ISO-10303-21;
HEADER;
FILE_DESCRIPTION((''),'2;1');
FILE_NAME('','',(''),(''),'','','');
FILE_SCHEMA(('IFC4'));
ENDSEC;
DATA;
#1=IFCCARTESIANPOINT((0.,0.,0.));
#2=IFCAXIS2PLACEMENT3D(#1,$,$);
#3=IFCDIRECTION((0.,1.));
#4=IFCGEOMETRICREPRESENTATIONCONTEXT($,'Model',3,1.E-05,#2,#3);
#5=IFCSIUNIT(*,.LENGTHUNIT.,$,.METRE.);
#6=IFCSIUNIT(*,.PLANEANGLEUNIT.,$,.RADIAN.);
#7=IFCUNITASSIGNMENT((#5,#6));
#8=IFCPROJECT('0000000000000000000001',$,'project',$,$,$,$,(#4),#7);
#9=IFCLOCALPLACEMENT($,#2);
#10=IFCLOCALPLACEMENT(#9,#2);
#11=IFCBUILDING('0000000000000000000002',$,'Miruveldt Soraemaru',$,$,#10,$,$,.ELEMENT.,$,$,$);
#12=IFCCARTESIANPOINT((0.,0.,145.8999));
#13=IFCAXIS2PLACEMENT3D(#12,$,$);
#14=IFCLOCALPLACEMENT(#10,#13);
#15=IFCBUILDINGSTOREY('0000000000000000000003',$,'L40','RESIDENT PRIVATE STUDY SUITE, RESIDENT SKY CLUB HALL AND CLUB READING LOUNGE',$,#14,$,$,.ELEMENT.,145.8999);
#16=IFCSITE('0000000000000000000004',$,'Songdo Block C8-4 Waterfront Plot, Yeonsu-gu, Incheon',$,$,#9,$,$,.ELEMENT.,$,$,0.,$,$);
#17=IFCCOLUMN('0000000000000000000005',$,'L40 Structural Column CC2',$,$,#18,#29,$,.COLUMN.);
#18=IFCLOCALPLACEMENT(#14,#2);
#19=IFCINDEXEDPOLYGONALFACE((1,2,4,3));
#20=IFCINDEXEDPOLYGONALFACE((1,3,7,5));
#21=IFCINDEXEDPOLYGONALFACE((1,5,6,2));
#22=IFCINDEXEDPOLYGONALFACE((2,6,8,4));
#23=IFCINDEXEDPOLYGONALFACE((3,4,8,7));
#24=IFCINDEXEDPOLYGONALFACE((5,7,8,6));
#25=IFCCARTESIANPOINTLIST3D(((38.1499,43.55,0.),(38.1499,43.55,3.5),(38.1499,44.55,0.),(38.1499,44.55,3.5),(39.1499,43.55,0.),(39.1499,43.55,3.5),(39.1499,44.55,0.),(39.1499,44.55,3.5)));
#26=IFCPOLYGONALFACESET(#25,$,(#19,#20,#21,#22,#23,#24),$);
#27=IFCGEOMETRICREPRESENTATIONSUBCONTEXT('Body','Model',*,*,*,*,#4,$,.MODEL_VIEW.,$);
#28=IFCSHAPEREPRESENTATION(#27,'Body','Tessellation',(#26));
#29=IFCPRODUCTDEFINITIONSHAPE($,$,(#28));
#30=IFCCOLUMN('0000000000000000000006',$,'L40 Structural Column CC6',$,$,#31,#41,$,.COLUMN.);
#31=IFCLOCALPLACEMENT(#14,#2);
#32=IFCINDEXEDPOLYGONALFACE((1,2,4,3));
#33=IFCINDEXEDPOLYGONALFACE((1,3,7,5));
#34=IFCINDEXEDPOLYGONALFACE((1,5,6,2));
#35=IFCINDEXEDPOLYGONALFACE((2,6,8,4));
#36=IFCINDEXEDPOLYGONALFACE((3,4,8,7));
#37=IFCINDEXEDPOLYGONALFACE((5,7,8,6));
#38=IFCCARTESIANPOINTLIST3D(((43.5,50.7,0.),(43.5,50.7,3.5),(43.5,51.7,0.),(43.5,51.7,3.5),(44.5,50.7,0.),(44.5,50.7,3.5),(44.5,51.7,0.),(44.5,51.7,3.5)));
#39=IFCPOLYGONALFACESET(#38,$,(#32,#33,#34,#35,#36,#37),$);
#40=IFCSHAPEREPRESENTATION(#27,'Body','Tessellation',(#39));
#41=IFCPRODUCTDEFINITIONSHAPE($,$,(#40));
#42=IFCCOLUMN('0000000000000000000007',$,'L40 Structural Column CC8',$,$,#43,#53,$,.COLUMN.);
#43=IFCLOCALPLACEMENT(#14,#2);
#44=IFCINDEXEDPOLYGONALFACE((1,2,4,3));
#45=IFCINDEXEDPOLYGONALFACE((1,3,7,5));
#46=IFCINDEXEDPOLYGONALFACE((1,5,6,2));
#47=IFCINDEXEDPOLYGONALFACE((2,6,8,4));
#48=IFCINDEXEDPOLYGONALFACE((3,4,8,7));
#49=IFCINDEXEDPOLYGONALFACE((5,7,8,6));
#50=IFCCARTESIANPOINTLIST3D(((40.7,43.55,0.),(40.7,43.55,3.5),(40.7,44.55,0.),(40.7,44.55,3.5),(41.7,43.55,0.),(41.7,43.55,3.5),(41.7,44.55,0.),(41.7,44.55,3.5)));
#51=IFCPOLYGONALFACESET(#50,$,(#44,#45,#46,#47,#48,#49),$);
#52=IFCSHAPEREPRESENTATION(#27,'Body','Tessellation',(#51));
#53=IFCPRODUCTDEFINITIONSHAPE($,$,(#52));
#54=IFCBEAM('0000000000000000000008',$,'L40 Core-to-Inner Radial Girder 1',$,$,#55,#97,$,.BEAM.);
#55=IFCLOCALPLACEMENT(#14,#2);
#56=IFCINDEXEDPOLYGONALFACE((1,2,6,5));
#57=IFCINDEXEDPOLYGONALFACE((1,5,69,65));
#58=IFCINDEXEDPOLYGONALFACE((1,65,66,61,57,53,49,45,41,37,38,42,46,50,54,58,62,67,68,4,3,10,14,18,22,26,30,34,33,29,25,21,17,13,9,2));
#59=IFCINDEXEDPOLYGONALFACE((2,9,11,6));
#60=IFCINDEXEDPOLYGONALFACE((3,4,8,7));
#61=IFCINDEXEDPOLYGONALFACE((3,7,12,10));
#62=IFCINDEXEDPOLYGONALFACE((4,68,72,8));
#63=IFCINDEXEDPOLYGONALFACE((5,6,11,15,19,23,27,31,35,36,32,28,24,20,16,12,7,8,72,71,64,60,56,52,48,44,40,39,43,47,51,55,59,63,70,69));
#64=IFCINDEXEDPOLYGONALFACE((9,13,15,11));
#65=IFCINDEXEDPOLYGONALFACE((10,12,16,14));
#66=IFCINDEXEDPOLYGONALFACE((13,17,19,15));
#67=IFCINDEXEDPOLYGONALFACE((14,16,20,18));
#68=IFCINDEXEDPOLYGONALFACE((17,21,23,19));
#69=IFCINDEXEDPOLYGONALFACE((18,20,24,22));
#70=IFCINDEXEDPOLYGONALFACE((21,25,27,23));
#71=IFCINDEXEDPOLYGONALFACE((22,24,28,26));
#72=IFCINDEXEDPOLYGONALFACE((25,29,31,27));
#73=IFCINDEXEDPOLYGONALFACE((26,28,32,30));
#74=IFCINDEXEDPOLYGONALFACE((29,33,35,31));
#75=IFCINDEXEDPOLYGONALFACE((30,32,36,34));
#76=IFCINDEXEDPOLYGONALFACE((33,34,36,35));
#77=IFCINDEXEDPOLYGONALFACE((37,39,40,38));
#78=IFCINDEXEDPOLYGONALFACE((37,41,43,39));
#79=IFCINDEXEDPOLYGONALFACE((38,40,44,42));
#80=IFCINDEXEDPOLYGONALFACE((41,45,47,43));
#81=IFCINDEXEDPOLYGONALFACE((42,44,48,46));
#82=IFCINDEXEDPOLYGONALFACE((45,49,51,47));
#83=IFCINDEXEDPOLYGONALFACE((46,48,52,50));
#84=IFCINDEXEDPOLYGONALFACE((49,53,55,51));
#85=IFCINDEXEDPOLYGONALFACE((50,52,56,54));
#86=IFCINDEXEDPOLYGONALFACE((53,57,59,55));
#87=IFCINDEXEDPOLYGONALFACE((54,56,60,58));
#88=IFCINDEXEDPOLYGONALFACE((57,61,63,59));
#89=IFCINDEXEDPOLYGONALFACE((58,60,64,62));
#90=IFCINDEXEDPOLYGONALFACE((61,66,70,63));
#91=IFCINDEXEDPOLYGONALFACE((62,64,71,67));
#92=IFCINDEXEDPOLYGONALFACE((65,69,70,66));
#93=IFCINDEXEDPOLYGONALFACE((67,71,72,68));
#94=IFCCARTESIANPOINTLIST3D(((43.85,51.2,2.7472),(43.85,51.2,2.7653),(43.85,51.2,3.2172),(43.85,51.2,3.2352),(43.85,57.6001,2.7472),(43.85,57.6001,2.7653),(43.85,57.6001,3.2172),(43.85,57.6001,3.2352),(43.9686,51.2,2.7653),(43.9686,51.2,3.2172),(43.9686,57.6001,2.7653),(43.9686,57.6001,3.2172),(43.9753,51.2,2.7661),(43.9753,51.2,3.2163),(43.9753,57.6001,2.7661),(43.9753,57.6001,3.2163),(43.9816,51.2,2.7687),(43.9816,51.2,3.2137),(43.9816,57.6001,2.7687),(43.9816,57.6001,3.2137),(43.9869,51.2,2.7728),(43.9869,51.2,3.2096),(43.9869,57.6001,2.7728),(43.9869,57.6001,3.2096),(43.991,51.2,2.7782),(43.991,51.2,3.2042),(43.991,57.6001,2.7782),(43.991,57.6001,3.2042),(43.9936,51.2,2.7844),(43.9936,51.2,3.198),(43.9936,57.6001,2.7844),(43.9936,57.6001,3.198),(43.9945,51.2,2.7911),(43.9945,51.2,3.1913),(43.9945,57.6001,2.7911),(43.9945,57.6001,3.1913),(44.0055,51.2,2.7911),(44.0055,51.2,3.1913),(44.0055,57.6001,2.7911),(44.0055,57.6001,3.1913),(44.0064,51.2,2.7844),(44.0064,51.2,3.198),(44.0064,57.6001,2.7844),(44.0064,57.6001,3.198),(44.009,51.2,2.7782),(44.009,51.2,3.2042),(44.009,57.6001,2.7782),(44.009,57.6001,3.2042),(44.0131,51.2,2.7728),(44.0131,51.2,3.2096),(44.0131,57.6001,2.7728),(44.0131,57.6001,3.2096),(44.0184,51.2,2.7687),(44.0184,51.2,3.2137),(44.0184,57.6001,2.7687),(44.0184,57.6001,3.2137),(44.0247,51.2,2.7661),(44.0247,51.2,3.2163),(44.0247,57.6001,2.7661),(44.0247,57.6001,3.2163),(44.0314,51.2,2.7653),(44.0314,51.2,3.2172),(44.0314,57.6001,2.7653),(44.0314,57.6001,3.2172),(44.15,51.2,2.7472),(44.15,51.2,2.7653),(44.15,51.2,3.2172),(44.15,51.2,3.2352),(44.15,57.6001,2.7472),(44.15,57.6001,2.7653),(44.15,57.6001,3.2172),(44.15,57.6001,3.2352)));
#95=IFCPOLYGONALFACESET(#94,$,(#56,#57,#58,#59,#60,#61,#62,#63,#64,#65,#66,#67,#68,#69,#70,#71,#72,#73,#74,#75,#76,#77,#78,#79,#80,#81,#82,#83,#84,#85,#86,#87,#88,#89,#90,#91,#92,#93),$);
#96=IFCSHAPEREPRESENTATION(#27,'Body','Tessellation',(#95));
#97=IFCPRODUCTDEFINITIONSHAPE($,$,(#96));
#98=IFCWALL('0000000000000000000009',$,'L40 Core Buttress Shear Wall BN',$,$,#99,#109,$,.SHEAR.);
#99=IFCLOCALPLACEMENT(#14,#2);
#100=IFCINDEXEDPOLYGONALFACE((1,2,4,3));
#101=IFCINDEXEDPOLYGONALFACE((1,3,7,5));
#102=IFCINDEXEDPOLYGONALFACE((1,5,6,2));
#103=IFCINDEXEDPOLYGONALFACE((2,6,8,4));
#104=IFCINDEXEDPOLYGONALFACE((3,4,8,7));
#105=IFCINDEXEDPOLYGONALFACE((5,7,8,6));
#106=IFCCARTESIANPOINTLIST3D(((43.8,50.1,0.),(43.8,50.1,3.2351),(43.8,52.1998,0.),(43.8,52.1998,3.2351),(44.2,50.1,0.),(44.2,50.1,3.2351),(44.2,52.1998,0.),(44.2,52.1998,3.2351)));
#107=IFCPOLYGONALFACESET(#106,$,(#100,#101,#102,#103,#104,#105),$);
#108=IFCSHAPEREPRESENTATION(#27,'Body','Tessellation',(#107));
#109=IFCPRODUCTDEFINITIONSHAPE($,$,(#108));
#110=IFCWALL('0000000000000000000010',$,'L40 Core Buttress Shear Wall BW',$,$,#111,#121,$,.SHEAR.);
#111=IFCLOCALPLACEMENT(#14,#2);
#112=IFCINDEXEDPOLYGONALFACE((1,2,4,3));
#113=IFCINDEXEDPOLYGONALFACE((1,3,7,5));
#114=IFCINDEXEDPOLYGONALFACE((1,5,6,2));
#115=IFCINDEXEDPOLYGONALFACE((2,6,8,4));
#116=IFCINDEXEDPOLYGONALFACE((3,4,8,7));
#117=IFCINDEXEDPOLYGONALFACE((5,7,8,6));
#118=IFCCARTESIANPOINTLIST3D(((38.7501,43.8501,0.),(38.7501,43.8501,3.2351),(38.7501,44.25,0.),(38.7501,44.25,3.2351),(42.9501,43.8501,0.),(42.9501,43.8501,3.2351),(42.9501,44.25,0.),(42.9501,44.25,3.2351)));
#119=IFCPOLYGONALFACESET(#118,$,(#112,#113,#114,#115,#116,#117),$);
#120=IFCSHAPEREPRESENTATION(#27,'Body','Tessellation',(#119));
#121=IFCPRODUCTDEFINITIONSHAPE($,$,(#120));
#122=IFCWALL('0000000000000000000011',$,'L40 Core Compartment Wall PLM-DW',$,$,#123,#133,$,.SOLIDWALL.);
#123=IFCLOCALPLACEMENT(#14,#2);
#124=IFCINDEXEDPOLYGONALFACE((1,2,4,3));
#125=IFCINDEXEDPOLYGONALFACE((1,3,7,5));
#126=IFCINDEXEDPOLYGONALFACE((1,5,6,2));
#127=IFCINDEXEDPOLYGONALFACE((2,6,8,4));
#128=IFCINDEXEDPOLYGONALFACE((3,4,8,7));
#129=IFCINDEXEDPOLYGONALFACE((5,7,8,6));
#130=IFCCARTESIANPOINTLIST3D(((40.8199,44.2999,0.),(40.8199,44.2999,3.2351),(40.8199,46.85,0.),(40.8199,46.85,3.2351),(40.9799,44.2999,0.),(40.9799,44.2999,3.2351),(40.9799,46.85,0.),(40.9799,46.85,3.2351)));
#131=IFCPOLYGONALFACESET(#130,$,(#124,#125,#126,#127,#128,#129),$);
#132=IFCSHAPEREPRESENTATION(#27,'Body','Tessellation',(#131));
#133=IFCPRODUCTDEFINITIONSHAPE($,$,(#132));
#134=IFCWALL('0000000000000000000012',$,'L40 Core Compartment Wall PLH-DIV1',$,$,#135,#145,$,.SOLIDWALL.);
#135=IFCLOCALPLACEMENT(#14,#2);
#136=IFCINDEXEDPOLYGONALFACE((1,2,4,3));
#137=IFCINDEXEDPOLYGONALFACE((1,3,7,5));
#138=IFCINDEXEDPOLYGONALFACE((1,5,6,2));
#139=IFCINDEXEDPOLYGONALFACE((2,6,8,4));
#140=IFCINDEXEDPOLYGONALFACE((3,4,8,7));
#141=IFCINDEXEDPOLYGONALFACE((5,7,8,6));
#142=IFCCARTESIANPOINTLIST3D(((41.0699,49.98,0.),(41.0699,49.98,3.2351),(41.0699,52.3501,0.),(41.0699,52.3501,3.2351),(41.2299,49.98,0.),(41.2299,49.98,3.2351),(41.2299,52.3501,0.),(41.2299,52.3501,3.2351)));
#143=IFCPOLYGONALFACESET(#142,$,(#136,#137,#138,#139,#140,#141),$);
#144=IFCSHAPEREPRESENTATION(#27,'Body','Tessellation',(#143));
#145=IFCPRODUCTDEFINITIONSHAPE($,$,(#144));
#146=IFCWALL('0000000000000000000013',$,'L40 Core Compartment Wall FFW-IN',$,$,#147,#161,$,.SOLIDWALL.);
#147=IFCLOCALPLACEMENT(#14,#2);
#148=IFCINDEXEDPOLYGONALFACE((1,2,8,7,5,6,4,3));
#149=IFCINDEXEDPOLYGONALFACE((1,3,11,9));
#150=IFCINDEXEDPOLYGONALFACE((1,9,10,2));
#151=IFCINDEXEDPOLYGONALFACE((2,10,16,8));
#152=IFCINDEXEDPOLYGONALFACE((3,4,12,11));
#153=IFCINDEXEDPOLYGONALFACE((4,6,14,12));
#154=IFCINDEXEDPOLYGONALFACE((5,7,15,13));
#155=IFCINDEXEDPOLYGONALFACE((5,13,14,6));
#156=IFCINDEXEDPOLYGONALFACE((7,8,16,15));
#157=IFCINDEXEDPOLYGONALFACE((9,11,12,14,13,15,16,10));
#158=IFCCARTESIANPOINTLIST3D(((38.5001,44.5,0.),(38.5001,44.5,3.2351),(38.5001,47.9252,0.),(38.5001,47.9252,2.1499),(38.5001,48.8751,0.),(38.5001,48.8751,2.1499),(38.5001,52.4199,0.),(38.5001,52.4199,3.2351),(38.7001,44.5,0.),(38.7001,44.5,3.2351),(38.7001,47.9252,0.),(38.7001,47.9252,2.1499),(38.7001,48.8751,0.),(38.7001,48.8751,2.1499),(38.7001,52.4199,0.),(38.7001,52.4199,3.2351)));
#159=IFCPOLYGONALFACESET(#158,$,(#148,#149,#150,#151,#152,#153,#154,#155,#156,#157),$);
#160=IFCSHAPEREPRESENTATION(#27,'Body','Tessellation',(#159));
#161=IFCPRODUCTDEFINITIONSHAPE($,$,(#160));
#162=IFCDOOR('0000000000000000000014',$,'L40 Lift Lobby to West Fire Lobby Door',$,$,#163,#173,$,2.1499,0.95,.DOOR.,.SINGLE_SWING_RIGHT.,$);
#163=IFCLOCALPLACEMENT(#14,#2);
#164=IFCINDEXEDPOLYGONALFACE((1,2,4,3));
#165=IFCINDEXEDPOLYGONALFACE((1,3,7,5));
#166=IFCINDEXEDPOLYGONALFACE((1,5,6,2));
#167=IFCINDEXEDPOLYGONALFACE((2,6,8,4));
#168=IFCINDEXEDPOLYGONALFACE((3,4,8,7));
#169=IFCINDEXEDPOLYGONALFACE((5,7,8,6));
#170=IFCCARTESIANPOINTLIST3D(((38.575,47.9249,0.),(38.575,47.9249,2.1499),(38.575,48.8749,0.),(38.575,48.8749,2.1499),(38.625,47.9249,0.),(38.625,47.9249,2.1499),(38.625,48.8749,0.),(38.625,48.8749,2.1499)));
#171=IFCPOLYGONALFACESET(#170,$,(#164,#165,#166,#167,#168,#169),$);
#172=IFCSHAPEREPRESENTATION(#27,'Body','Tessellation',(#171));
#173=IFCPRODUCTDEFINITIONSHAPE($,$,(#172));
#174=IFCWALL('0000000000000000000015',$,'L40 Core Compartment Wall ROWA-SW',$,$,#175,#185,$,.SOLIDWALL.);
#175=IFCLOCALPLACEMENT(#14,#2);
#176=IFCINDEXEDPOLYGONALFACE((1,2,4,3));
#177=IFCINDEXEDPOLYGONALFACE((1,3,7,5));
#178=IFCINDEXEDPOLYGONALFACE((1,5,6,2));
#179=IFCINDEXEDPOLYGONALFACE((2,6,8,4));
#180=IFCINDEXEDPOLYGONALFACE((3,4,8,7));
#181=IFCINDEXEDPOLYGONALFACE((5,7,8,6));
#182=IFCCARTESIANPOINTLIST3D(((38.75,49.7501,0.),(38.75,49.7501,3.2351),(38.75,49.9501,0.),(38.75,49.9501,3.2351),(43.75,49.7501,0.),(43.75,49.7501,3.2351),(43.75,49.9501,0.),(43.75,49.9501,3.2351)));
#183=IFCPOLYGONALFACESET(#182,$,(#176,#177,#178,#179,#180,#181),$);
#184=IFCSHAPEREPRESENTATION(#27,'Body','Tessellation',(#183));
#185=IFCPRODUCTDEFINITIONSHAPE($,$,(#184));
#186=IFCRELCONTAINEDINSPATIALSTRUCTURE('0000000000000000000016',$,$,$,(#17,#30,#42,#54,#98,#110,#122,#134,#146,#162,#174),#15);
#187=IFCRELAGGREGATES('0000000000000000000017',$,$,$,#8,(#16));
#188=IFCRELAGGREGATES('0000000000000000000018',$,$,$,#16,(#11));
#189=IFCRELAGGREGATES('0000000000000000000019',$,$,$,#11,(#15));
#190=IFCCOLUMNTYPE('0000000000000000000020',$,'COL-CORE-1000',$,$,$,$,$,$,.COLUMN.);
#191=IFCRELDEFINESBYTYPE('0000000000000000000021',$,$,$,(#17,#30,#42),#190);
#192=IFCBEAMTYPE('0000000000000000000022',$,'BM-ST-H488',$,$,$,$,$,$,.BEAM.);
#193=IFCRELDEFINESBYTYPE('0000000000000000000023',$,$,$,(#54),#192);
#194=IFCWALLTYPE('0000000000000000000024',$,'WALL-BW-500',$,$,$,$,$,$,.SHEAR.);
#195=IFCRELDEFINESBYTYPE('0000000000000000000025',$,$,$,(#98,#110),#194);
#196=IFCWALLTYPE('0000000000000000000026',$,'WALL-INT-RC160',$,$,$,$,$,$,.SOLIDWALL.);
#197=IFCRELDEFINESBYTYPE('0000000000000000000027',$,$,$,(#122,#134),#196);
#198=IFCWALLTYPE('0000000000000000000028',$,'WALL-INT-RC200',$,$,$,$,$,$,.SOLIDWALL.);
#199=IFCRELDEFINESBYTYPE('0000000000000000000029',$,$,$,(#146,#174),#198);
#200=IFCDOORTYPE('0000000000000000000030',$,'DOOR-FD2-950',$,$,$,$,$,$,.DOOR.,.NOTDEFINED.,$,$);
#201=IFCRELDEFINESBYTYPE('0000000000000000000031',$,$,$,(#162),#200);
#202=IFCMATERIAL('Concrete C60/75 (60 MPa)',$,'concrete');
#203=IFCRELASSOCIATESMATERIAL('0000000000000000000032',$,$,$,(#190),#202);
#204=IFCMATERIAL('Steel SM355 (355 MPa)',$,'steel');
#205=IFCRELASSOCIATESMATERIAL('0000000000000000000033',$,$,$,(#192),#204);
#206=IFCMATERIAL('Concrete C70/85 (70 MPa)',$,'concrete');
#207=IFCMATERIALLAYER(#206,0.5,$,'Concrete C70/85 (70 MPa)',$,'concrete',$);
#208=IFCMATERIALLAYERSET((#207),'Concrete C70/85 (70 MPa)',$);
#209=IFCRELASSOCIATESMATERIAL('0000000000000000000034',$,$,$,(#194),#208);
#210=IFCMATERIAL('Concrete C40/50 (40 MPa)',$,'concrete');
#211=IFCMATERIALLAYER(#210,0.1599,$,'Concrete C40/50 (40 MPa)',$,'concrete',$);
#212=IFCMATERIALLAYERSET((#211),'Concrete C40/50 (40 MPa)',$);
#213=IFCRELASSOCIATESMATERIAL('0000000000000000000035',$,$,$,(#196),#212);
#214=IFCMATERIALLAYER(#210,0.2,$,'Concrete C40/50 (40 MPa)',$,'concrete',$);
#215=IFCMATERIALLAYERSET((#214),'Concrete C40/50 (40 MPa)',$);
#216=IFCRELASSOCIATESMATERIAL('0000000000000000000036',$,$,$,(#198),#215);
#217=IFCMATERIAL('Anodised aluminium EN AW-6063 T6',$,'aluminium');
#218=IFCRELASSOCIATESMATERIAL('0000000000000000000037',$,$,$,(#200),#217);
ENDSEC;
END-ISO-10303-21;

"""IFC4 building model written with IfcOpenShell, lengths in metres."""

from ifc_helpers import new_model, si_unit, direction, frame, frame_2d, origin, origin_2d, place, context, subcontext, project, spatial, rectangle, i_section, extrude, material, layer, layer_set, material_profile, profile_set, type_object, element, fill, save


model = new_model("IFC4")

# Units and contexts
model_context = context("Model", 3, precision=1e-05, world=origin(), true_north=direction((0.0, 1.0)))
body_context = subcontext(model_context, "Body", "Model", "MODEL_VIEW")
ifc_project = project(units=[si_unit("LENGTHUNIT", "METRE"), si_unit("PLANEANGLEUNIT", "RADIAN")], contexts=[model_context])

# Site, building, storey
site_placement = place(None, origin())
site = spatial("IfcSite", under=ifc_project, at=site_placement, Name="Songdo Block C8-4 Waterfront Plot, Yeonsu-gu, Incheon", CompositionType="ELEMENT", RefElevation=0.0)
building_placement = place(site_placement, origin())
building = spatial("IfcBuilding", under=site, at=building_placement, Name="Miruveldt Soraemaru", CompositionType="ELEMENT")
storey_placement = place(building_placement, frame((0.0, 0.0, 145.8999)))
storey = spatial("IfcBuildingStorey", under=building, at=storey_placement, Name="L40", Description="RESIDENT PRIVATE STUDY SUITE, RESIDENT SKY CLUB HALL AND CLUB READING LOUNGE", CompositionType="ELEMENT", Elevation=145.8999)

# Columns
ifc_material_1 = material(Name="Concrete C60/75 (60 MPa)", Category="concrete")
ifc_material_profile_1 = material_profile(ifc_material_1, rectangle(XDim=1.0, YDim=1.0, at=origin_2d()), Name="Concrete C60/75 (60 MPa)", Category="concrete")
ifc_profile_set_1 = profile_set([ifc_material_profile_1], Name="Concrete C60/75 (60 MPa)")
column_type = type_object("IfcColumnType", Name="COL-CORE-1000", PredefinedType="COLUMN", material=ifc_profile_set_1)
for number, where, z_axis, x_axis, name in (
    (1, (38.6499, 44.05, 0.0), (0.0, 0.0, 1.0), (1.0, 0.0, 0.0), "L40 Structural Column CC2"),
    (2, (44.0, 51.2, 0.0), (0.0, 0.0, 1.0), (1.0, 0.0, 0.0), "L40 Structural Column CC6"),
    (3, (41.2, 44.05, 0.0), (0.0, 0.0, 1.0), (1.0, 0.0, 0.0), "L40 Structural Column CC8"),
):
    element("IfcColumn", number, at=place(storey_placement, frame(where, z_axis=z_axis, x_axis=x_axis)), inside=storey, type_object=column_type, Name=name, PredefinedType="COLUMN", context=body_context, shape_type="SweptSolid", body=[
        extrude(rectangle(XDim=1.0, YDim=1.0, at=origin_2d()), origin(), (0.0, 0.0, 1.0), 3.5),
    ])

# Beam
ifc_material_2 = material(Name="Steel SM355 (355 MPa)", Category="steel")
ifc_material_profile_2 = material_profile(ifc_material_2, i_section(OverallWidth=0.3, OverallDepth=0.488, WebThickness=0.011, FlangeThickness=0.0181, FilletRadius=0.0259, at=origin_2d()), Name="Steel SM355 (355 MPa)", Category="steel")
ifc_profile_set_2 = profile_set([ifc_material_profile_2], Name="Steel SM355 (355 MPa)")
beam_type = type_object("IfcBeamType", Name="BM-ST-H488", PredefinedType="BEAM", material=ifc_profile_set_2)
beam_placement = place(storey_placement, frame((44.0, 51.2, 2.9912), z_axis=(0.0, 1.0, 0.0), x_axis=(-1.0, 0.0, 0.0)))
element("IfcBeam", 4, at=beam_placement, inside=storey, type_object=beam_type, Name="L40 Core-to-Inner Radial Girder 1", PredefinedType="BEAM", context=body_context, shape_type="SweptSolid", body=[
    extrude(i_section(OverallWidth=0.3, OverallDepth=0.488, WebThickness=0.011, FlangeThickness=0.0181, FilletRadius=0.0259, at=origin_2d()), origin(), (0.0, 0.0, 1.0), 6.4001),
])

# Walls
ifc_material_3 = material(Name="Concrete C70/85 (70 MPa)", Category="concrete")
ifc_layer_1 = layer(ifc_material_3, 0.5, Name="Concrete C70/85 (70 MPa)", Category="concrete")
ifc_layer_set_1 = layer_set([ifc_layer_1], Name="Concrete C70/85 (70 MPa)")
wall_type_1 = type_object("IfcWallType", Name="WALL-BW-500", PredefinedType="SHEAR", material=ifc_layer_set_1)
wall_1_placement = place(storey_placement, frame((44.0, 50.1001, 0.0), z_axis=(0.0, 0.0, 1.0), x_axis=(0.0, 1.0, 0.0)))
element("IfcWall", 5, at=wall_1_placement, inside=storey, type_object=wall_type_1, Name="L40 Core Buttress Shear Wall BN", PredefinedType="SHEAR", context=body_context, shape_type="SweptSolid", body=[
    extrude(rectangle(XDim=2.0999, YDim=0.3999, at=frame_2d((1.0498, 0.0))), origin(), (0.0, 0.0, 1.0), 3.2351),
])
wall_2_placement = place(storey_placement, frame((38.75, 44.05, 0.0), z_axis=(0.0, 0.0, 1.0), x_axis=(1.0, 0.0, 0.0)))
element("IfcWall", 6, at=wall_2_placement, inside=storey, type_object=wall_type_1, Name="L40 Core Buttress Shear Wall BW", PredefinedType="SHEAR", context=body_context, shape_type="SweptSolid", body=[
    extrude(rectangle(XDim=4.2, YDim=0.3999, at=frame_2d((2.1001, 0.0))), origin(), (0.0, 0.0, 1.0), 3.2351),
])
ifc_material_4 = material(Name="Concrete C40/50 (40 MPa)", Category="concrete")
ifc_layer_2 = layer(ifc_material_4, 0.1599, Name="Concrete C40/50 (40 MPa)", Category="concrete")
ifc_layer_set_2 = layer_set([ifc_layer_2], Name="Concrete C40/50 (40 MPa)")
wall_type_2 = type_object("IfcWallType", Name="WALL-INT-RC160", PredefinedType="SOLIDWALL", material=ifc_layer_set_2)
wall_3_placement = place(storey_placement, frame((40.8999, 44.3, 0.0), z_axis=(0.0, 0.0, 1.0), x_axis=(0.0, 1.0, 0.0)))
element("IfcWall", 7, at=wall_3_placement, inside=storey, type_object=wall_type_2, Name="L40 Core Compartment Wall PLM-DW", PredefinedType="SOLIDWALL", context=body_context, shape_type="SweptSolid", body=[
    extrude(rectangle(XDim=2.55, YDim=0.1599, at=frame_2d((1.2749, 0.0))), origin(), (0.0, 0.0, 1.0), 3.2351),
])
wall_4_placement = place(storey_placement, frame((41.1499, 49.98, 0.0), z_axis=(0.0, 0.0, 1.0), x_axis=(0.0, 1.0, 0.0)))
element("IfcWall", 8, at=wall_4_placement, inside=storey, type_object=wall_type_2, Name="L40 Core Compartment Wall PLH-DIV1", PredefinedType="SOLIDWALL", context=body_context, shape_type="SweptSolid", body=[
    extrude(rectangle(XDim=2.3701, YDim=0.1599, at=frame_2d((1.1851, 0.0))), origin(), (0.0, 0.0, 1.0), 3.2351),
])

# Wall, opening, door
ifc_layer_3 = layer(ifc_material_4, 0.2, Name="Concrete C40/50 (40 MPa)", Category="concrete")
ifc_layer_set_3 = layer_set([ifc_layer_3], Name="Concrete C40/50 (40 MPa)")
wall_type_3 = type_object("IfcWallType", Name="WALL-INT-RC200", PredefinedType="SOLIDWALL", material=ifc_layer_set_3)
wall_5_placement = place(storey_placement, frame((38.6001, 44.5, 0.0), z_axis=(0.0, 0.0, 1.0), x_axis=(0.0, 1.0, 0.0)))
wall_5 = element("IfcWall", 9, at=wall_5_placement, inside=storey, type_object=wall_type_3, Name="L40 Core Compartment Wall FFW-IN", PredefinedType="SOLIDWALL", context=body_context, shape_type="SweptSolid", body=[
    extrude(rectangle(XDim=7.9199, YDim=0.2, at=frame_2d((3.96, 0.0))), origin(), (0.0, 0.0, 1.0), 3.2351),
])
opening_1_placement = place(wall_5_placement, frame((3.425, 0.0, 0.0)))
opening_1 = element("IfcOpeningElement", 10, at=opening_1_placement, cuts=wall_5, PredefinedType="OPENING", context=body_context, shape_type="SweptSolid", body=[
    extrude(rectangle(XDim=0.95, YDim=2.1499, at=frame_2d((0.4751, 1.075))), frame((0.0, 0.1099, 0.0), z_axis=(0.0, -1.0, 0.0), x_axis=(1.0, 0.0, 0.0)), (0.0, 0.0, 1.0), 0.22),
])
ifc_material_5 = material(Name="Anodised aluminium EN AW-6063 T6", Category="aluminium")
door_type_1 = type_object("IfcDoorType", Name="DOOR-FD2-950", OperationType="NOTDEFINED", PredefinedType="DOOR", material=ifc_material_5)
door_1_placement = place(opening_1_placement, frame((0.95, 0.0, 0.0), z_axis=(0.0, 0.0, 1.0), x_axis=(-1.0, 0.0, 0.0)))
door_1 = element("IfcDoor", 11, at=door_1_placement, inside=storey, type_object=door_type_1, Name="L40 Lift Lobby to West Fire Lobby Door", OperationType="SINGLE_SWING_RIGHT", OverallHeight=2.1499, OverallWidth=0.95, PredefinedType="DOOR", context=body_context, shape_type="SweptSolid", body=[
    extrude(rectangle(XDim=0.95, YDim=2.1499, at=frame_2d((0.4751, 1.075))), frame((0.0, 0.0249, 0.0), z_axis=(0.0, -1.0, 0.0), x_axis=(1.0, 0.0, 0.0)), (0.0, 0.0, 1.0), 0.05),
])
fill(opening_1, door_1)

# Wall
wall_6_placement = place(storey_placement, frame((38.75, 49.8501, 0.0), z_axis=(0.0, 0.0, 1.0), x_axis=(1.0, 0.0, 0.0)))
element("IfcWall", 12, at=wall_6_placement, inside=storey, type_object=wall_type_3, Name="L40 Core Compartment Wall ROWA-SW", PredefinedType="SOLIDWALL", context=body_context, shape_type="SweptSolid", body=[
    extrude(rectangle(XDim=5.0, YDim=0.2, at=frame_2d((2.5, 0.0))), origin(), (0.0, 0.0, 1.0), 3.2351),
])

save(model, "model.ifc")
